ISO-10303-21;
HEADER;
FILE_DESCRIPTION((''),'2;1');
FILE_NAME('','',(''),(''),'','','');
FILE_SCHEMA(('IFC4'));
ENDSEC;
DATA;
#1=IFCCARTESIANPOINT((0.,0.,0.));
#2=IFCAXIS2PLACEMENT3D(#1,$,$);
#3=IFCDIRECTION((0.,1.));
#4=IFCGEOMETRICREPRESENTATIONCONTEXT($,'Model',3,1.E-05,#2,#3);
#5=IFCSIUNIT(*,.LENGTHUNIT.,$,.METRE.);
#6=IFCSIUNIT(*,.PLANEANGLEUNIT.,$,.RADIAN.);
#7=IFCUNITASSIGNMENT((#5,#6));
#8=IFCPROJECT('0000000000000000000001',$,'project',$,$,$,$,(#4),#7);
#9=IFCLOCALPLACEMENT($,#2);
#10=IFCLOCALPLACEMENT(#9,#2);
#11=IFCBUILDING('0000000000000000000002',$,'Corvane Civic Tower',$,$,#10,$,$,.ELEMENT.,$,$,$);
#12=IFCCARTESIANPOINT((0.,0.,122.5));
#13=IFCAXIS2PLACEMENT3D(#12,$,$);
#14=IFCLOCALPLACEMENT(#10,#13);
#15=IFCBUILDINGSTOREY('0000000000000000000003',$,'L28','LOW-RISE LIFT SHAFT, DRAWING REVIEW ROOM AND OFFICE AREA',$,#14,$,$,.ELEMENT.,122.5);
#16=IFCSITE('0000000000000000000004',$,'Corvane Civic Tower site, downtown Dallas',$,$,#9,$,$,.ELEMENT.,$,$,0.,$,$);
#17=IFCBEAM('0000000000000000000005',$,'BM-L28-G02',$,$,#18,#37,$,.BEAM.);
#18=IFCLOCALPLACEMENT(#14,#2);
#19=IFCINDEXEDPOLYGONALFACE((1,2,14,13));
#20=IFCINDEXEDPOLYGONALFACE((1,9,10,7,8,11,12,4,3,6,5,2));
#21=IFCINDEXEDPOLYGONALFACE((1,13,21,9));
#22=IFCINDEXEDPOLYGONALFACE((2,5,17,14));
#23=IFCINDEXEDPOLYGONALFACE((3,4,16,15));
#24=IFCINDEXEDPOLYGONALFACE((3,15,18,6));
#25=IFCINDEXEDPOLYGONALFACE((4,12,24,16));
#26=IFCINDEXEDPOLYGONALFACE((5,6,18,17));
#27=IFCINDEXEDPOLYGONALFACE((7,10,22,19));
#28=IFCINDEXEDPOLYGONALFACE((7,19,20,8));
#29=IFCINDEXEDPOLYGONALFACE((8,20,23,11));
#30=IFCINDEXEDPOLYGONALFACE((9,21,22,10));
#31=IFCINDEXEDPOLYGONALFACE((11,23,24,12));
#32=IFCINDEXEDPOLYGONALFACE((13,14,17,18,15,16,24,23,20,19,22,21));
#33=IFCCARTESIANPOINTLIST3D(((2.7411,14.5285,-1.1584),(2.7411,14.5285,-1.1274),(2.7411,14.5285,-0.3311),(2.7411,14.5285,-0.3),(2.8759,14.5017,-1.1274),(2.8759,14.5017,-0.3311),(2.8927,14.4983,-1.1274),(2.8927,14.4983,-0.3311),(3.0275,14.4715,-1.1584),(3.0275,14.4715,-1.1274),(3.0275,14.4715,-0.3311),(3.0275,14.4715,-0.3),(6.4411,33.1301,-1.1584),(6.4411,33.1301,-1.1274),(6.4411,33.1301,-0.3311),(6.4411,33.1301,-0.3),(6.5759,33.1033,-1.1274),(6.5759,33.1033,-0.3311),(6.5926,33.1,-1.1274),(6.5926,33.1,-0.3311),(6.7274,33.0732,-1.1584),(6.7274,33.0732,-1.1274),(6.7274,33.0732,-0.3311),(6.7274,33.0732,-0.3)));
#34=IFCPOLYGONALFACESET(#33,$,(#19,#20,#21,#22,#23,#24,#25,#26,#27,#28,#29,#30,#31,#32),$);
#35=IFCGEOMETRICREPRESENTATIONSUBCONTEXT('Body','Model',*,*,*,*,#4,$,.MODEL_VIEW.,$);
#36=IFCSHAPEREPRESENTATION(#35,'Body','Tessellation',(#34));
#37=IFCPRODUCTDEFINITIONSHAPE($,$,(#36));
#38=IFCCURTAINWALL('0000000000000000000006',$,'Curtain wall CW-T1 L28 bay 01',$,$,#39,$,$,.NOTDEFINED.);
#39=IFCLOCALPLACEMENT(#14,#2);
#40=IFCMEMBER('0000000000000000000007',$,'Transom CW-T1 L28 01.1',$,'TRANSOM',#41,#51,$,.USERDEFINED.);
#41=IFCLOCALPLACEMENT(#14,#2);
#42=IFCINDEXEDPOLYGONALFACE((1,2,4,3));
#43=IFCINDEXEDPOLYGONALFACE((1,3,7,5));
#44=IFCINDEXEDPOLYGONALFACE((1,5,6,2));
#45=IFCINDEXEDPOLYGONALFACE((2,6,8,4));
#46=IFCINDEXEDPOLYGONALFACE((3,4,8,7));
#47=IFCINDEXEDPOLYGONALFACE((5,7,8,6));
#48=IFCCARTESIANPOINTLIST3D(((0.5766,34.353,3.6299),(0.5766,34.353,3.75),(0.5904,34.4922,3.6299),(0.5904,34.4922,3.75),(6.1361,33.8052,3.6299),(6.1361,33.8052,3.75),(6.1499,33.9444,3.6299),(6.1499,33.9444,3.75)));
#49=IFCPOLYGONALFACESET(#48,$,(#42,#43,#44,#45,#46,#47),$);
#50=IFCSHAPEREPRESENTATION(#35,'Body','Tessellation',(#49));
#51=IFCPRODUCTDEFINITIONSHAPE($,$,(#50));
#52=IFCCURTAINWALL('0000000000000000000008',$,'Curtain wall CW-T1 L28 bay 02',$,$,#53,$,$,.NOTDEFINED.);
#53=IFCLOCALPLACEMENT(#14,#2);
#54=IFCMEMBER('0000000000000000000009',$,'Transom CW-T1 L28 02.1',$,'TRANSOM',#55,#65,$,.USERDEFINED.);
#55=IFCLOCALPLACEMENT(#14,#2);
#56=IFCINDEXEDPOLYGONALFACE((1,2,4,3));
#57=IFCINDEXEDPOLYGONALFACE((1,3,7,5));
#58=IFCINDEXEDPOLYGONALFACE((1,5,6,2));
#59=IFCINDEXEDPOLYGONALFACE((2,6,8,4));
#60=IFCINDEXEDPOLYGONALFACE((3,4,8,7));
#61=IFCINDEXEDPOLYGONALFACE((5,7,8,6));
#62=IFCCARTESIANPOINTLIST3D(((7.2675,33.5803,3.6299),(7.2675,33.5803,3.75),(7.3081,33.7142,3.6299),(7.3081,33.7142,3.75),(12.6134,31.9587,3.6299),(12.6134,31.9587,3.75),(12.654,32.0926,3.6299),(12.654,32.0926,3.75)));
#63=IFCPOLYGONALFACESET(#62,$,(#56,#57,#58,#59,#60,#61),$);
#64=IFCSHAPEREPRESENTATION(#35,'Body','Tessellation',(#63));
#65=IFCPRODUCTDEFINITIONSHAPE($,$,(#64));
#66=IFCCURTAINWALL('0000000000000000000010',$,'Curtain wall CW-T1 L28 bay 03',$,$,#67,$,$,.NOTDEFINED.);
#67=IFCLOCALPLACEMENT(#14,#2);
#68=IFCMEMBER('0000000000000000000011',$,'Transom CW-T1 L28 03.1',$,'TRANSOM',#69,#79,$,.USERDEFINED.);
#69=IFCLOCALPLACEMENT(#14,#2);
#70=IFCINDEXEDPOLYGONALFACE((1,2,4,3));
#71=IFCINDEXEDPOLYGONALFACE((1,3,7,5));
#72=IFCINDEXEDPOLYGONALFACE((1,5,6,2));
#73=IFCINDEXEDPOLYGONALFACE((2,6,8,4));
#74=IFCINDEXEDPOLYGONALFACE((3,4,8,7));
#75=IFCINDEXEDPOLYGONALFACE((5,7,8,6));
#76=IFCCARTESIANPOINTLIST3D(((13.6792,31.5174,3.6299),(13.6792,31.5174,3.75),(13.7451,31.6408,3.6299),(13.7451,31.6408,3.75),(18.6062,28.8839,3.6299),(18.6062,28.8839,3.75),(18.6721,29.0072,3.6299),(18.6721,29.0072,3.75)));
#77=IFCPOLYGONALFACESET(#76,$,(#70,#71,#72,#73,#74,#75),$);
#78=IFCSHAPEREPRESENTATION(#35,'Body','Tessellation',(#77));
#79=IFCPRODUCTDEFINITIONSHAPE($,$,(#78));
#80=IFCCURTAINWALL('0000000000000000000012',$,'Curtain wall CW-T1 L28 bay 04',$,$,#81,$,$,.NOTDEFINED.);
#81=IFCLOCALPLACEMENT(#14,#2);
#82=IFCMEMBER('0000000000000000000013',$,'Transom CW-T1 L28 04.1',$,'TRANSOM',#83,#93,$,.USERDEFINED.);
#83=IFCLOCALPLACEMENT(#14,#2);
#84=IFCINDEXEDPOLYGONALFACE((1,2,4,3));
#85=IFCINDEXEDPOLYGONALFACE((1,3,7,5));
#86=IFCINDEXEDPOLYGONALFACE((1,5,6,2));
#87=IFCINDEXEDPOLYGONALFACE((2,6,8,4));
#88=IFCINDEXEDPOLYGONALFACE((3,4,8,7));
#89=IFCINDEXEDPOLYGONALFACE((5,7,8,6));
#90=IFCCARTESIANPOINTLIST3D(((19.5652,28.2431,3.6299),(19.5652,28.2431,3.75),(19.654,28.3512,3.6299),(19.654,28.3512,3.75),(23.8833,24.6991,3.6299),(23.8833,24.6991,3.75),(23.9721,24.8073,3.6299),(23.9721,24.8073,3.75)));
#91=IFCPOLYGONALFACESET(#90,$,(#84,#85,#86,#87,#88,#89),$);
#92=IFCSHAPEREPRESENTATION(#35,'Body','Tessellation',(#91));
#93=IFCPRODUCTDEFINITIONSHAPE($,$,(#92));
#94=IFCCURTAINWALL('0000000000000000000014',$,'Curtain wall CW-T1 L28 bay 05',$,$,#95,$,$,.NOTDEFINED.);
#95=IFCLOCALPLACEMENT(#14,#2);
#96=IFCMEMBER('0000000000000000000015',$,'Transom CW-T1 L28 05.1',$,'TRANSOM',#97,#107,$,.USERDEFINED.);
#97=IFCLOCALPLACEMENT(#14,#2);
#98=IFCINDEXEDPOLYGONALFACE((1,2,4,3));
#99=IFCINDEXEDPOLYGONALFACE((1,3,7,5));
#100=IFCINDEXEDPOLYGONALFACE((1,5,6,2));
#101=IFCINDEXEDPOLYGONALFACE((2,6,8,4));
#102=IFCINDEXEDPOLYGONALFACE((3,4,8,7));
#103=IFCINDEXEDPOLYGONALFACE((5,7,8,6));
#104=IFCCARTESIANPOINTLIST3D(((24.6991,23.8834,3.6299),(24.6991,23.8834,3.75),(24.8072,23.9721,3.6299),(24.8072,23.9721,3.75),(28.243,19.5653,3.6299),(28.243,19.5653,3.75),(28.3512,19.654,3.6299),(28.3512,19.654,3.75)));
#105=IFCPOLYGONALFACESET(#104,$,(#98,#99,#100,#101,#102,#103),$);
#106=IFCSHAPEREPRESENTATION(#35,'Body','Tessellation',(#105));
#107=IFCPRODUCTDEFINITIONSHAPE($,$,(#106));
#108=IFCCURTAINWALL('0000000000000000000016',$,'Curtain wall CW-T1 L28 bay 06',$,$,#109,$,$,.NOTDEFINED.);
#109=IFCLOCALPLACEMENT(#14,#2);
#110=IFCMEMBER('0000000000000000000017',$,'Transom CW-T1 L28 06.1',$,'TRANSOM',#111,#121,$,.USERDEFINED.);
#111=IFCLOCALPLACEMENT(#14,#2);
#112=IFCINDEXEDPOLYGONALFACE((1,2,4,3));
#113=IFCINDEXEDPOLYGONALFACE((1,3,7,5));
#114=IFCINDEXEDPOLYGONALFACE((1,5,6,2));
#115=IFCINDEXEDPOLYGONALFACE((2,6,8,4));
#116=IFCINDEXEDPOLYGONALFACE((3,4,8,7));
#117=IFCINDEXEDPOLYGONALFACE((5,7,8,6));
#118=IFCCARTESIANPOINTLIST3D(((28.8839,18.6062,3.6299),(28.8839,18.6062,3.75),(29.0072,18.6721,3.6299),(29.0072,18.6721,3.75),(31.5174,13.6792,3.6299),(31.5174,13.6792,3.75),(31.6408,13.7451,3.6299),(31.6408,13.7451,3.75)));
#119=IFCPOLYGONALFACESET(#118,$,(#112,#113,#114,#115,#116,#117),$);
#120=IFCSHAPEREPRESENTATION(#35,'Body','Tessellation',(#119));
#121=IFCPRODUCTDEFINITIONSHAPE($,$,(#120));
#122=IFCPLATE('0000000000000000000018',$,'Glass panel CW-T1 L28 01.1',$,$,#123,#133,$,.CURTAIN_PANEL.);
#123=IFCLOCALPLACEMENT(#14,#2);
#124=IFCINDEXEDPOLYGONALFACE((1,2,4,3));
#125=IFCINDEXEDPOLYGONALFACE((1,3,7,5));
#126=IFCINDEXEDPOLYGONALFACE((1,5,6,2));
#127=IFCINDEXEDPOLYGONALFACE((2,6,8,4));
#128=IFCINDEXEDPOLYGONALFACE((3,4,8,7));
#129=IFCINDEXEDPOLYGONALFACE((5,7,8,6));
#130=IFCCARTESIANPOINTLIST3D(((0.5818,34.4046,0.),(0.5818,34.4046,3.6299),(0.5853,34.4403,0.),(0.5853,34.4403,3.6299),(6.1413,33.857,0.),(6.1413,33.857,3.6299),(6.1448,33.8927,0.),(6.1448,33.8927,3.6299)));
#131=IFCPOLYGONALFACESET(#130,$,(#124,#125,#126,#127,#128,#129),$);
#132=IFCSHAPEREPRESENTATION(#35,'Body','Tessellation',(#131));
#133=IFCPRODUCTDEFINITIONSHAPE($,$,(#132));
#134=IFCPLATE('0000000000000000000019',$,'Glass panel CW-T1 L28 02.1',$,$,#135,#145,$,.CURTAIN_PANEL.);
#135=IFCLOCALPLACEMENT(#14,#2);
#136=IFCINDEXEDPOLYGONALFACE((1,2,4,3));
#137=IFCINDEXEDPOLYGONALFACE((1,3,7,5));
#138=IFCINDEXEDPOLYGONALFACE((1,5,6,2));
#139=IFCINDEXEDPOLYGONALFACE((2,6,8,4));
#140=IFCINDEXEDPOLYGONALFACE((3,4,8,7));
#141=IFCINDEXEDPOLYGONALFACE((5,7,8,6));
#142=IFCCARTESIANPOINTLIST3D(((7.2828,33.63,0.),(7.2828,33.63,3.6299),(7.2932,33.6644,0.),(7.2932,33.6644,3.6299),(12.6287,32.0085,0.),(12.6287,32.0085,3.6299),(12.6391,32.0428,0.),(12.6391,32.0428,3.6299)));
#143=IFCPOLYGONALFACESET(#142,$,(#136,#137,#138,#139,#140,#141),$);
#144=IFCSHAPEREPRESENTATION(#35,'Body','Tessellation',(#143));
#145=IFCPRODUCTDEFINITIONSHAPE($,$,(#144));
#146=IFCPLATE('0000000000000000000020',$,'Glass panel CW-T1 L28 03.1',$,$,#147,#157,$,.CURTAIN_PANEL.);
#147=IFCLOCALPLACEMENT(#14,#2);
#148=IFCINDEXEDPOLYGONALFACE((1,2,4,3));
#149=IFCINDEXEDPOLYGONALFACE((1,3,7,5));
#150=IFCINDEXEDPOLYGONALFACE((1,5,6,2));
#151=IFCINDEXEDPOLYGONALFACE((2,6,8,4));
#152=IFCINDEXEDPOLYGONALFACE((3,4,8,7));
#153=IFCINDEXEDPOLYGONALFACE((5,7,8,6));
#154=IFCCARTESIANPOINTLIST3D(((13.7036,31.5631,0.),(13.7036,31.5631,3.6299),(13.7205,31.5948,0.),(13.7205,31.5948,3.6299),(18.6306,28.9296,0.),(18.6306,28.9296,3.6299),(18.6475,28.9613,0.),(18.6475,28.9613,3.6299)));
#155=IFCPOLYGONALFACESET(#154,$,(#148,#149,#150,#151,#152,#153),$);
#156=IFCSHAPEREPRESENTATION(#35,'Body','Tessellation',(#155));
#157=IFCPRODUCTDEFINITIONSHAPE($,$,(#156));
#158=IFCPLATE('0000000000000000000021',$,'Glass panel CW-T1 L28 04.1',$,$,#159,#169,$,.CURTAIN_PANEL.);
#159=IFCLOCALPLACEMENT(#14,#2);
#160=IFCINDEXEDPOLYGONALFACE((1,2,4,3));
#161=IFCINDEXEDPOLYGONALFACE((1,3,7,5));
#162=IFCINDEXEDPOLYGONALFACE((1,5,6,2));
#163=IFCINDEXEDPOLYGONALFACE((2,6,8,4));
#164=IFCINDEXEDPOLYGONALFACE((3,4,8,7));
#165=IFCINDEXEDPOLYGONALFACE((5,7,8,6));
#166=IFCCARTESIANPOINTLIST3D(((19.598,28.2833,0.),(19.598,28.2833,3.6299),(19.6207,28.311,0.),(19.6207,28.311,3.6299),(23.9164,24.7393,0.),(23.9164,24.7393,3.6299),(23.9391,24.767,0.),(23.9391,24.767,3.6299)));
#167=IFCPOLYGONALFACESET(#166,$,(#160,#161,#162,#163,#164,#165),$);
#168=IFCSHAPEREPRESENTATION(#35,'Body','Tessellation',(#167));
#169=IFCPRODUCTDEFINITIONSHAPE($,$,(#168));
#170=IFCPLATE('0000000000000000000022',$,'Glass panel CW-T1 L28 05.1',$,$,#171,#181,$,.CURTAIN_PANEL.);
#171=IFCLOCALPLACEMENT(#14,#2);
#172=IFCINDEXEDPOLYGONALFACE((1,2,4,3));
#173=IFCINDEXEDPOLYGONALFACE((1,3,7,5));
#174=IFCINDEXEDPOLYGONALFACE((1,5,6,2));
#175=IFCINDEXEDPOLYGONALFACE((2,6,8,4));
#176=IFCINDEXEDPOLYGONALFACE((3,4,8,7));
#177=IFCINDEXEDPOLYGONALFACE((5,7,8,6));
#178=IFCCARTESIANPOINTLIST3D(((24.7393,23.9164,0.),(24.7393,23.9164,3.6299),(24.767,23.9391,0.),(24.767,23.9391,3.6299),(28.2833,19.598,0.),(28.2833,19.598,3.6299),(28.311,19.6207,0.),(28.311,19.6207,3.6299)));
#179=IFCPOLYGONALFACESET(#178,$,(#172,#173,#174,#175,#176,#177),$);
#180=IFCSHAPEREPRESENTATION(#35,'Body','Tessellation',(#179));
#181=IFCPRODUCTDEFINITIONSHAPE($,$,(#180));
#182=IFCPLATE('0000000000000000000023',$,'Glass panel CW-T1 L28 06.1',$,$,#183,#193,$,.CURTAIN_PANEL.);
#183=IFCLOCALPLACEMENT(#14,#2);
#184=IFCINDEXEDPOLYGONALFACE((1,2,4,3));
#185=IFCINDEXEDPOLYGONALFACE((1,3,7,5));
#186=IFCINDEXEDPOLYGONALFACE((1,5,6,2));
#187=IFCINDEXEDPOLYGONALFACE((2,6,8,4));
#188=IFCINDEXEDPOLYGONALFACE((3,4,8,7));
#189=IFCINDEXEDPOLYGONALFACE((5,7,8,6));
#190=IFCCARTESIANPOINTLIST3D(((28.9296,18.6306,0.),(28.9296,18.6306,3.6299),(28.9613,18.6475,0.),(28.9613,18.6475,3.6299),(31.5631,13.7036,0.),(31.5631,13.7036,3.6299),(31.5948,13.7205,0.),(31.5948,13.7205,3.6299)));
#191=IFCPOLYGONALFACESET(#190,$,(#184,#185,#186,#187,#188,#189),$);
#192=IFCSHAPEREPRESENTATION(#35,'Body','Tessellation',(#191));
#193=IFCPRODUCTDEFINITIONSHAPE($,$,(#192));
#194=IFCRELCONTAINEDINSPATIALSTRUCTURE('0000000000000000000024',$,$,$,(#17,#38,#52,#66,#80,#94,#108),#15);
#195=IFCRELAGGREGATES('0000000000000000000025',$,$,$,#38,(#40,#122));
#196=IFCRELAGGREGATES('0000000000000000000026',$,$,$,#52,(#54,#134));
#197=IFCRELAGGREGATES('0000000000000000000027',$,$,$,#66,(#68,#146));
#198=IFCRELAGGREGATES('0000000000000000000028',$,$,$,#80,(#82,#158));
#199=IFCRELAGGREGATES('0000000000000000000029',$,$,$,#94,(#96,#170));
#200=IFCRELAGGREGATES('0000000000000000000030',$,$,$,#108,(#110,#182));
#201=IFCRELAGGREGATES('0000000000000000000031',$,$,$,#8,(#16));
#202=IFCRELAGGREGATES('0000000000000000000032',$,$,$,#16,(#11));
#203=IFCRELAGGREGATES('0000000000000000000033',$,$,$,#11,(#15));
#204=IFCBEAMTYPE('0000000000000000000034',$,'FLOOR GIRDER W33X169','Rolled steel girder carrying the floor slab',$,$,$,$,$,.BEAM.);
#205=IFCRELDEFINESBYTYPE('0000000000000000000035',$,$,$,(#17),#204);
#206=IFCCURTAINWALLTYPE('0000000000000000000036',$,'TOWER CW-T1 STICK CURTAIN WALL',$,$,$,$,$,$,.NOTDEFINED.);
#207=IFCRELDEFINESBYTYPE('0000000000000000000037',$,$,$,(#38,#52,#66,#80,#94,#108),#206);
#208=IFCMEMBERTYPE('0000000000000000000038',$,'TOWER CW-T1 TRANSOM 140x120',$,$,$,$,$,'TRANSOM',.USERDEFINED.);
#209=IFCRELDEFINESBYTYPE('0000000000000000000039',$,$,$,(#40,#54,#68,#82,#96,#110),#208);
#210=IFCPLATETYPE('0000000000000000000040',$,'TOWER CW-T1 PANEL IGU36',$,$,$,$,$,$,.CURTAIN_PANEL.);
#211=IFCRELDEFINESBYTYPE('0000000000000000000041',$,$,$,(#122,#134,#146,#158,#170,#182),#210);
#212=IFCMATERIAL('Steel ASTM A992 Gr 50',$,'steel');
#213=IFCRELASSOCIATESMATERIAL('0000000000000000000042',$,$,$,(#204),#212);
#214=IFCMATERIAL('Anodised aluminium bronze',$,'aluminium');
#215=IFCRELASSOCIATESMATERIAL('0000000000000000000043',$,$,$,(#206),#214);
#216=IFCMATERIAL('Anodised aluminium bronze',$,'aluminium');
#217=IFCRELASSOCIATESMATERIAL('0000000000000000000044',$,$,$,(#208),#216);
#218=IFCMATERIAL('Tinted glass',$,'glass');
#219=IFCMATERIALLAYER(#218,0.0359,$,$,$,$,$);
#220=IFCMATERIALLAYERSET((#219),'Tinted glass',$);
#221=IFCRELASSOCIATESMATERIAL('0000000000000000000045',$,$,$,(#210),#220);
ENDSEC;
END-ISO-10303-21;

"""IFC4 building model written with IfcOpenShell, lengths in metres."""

from ifc_helpers import new_model, si_unit, direction, frame, origin, origin_2d, place, context, subcontext, project, spatial, rectangle, i_section, extrude, material, layer, layer_set, material_profile, profile_set, type_object, element, aggregate, save


model = new_model("IFC4")

# Units and contexts
model_context = context("Model", 3, precision=1e-05, world=origin(), true_north=direction((0.0, 1.0)))
body_context = subcontext(model_context, "Body", "Model", "MODEL_VIEW")
ifc_project = project(units=[si_unit("LENGTHUNIT", "METRE"), si_unit("PLANEANGLEUNIT", "RADIAN")], contexts=[model_context])

# Site, building, storey
site_placement = place(None, origin())
site = spatial("IfcSite", under=ifc_project, at=site_placement, Name="Corvane Civic Tower site, downtown Dallas", CompositionType="ELEMENT", RefElevation=0.0)
building_placement = place(site_placement, origin())
building = spatial("IfcBuilding", under=site, at=building_placement, Name="Corvane Civic Tower", CompositionType="ELEMENT")
storey_placement = place(building_placement, frame((0.0, 0.0, 122.5)))
storey = spatial("IfcBuildingStorey", under=building, at=storey_placement, Name="L28", Description="LOW-RISE LIFT SHAFT, DRAWING REVIEW ROOM AND OFFICE AREA", CompositionType="ELEMENT", Elevation=122.5)

# Beam
ifc_material_1 = material(Name="Steel ASTM A992 Gr 50", Category="steel")
ifc_material_profile_1 = material_profile(ifc_material_1, i_section(OverallWidth=0.292, OverallDepth=0.8584, WebThickness=0.0171, FlangeThickness=0.031, at=origin_2d()), Name="W33X169")
ifc_profile_set_1 = profile_set([ifc_material_profile_1], Name="Steel ASTM A992 Gr 50")
beam_type_1 = type_object("IfcBeamType", Name="FLOOR GIRDER W33X169", Description="Rolled steel girder carrying the floor slab", PredefinedType="BEAM", material=ifc_profile_set_1)
beam_1_placement = place(storey_placement, frame((2.8843, 14.5, -0.7292), z_axis=(0.195084, 0.980787, 0.0), x_axis=(-0.980787, 0.195084, 0.0)))
element("IfcBeam", 1, at=beam_1_placement, inside=storey, type_object=beam_type_1, Name="BM-L28-G02", PredefinedType="BEAM", context=body_context, shape_type="SweptSolid", body=[
    extrude(i_section(OverallWidth=0.292, OverallDepth=0.8584, WebThickness=0.0171, FlangeThickness=0.031, at=origin_2d()), origin(), (0.0, 0.0, 1.0), 18.9661),
])

# Curtain walls, members
ifc_material_2 = material(Name="Anodised aluminium bronze", Category="aluminium")
curtain_wall_type = type_object("IfcCurtainWallType", Name="TOWER CW-T1 STICK CURTAIN WALL", PredefinedType="NOTDEFINED", material=ifc_material_2)
curtain_wall_1_placement = place(storey_placement, origin())
curtain_wall_1 = element("IfcCurtainWall", 2, at=curtain_wall_1_placement, inside=storey, type_object=curtain_wall_type, Name="Curtain wall CW-T1 L28 bay 01", PredefinedType="NOTDEFINED")
ifc_material_3 = material(Name="Anodised aluminium bronze", Category="aluminium")
ifc_material_profile_2 = material_profile(ifc_material_3, rectangle(XDim=0.1399, YDim=0.1201, at=origin_2d()), Name="TOWER CW-T1 TRANSOM 140x120")
ifc_profile_set_2 = profile_set([ifc_material_profile_2], Name="Anodised aluminium bronze")
member_type = type_object("IfcMemberType", Name="TOWER CW-T1 TRANSOM 140x120", ElementType="TRANSOM", PredefinedType="USERDEFINED", material=ifc_profile_set_2)
member_1_placement = place(storey_placement, frame((0.5835, 34.4226, 3.6899), z_axis=(0.99518, -0.098067, 0.0), x_axis=(0.098067, 0.99518, 0.0)))
member_1 = element("IfcMember", 3, at=member_1_placement, type_object=member_type, Name="Transom CW-T1 L28 01.1", ObjectType="TRANSOM", PredefinedType="USERDEFINED", context=body_context, shape_type="SweptSolid", body=[
    extrude(rectangle(XDim=0.1399, YDim=0.1201, at=origin_2d()), origin(), (0.0, 0.0, 1.0), 5.5864),
])
curtain_wall_2_placement = place(storey_placement, origin())
curtain_wall_2 = element("IfcCurtainWall", 4, at=curtain_wall_2_placement, inside=storey, type_object=curtain_wall_type, Name="Curtain wall CW-T1 L28 bay 02", PredefinedType="NOTDEFINED")
member_2_placement = place(storey_placement, frame((7.2878, 33.6472, 3.6899), z_axis=(0.956945, -0.290269, 0.0), x_axis=(0.290269, 0.956945, 0.0)))
member_2 = element("IfcMember", 5, at=member_2_placement, type_object=member_type, Name="Transom CW-T1 L28 02.1", ObjectType="TRANSOM", PredefinedType="USERDEFINED", context=body_context, shape_type="SweptSolid", body=[
    extrude(rectangle(XDim=0.1399, YDim=0.1201, at=origin_2d()), origin(), (0.0, 0.0, 1.0), 5.5864),
])
curtain_wall_3_placement = place(storey_placement, origin())
curtain_wall_3 = element("IfcCurtainWall", 6, at=curtain_wall_3_placement, inside=storey, type_object=curtain_wall_type, Name="Curtain wall CW-T1 L28 bay 03", PredefinedType="NOTDEFINED")
member_3_placement = place(storey_placement, frame((13.7122, 31.5791, 3.6899), z_axis=(0.881921, -0.471398, 0.0), x_axis=(0.471398, 0.881921, 0.0)))
member_3 = element("IfcMember", 7, at=member_3_placement, type_object=member_type, Name="Transom CW-T1 L28 03.1", ObjectType="TRANSOM", PredefinedType="USERDEFINED", context=body_context, shape_type="SweptSolid", body=[
    extrude(rectangle(XDim=0.1399, YDim=0.1201, at=origin_2d()), origin(), (0.0, 0.0, 1.0), 5.5867),
])
curtain_wall_4_placement = place(storey_placement, origin())
curtain_wall_4 = element("IfcCurtainWall", 8, at=curtain_wall_4_placement, inside=storey, type_object=curtain_wall_type, Name="Curtain wall CW-T1 L28 bay 04", PredefinedType="NOTDEFINED")
member_4_placement = place(storey_placement, frame((19.6096, 28.2971, 3.6899), z_axis=(0.772996, -0.63441, 0.0), x_axis=(0.63441, 0.772996, 0.0)))
member_4 = element("IfcMember", 9, at=member_4_placement, type_object=member_type, Name="Transom CW-T1 L28 04.1", ObjectType="TRANSOM", PredefinedType="USERDEFINED", context=body_context, shape_type="SweptSolid", body=[
    extrude(rectangle(XDim=0.1399, YDim=0.1201, at=origin_2d()), origin(), (0.0, 0.0, 1.0), 5.5862),
])
curtain_wall_5_placement = place(storey_placement, origin())
curtain_wall_5 = element("IfcCurtainWall", 10, at=curtain_wall_5_placement, inside=storey, type_object=curtain_wall_type, Name="Curtain wall CW-T1 L28 bay 05", PredefinedType="NOTDEFINED")
member_5_placement = place(storey_placement, frame((24.7532, 23.9277, 3.6899), z_axis=(0.63441, -0.772996, 0.0), x_axis=(0.772996, 0.63441, 0.0)))
member_5 = element("IfcMember", 11, at=member_5_placement, type_object=member_type, Name="Transom CW-T1 L28 05.1", ObjectType="TRANSOM", PredefinedType="USERDEFINED", context=body_context, shape_type="SweptSolid", body=[
    extrude(rectangle(XDim=0.1399, YDim=0.1201, at=origin_2d()), origin(), (0.0, 0.0, 1.0), 5.5862),
])
curtain_wall_6_placement = place(storey_placement, origin())
curtain_wall_6 = element("IfcCurtainWall", 12, at=curtain_wall_6_placement, inside=storey, type_object=curtain_wall_type, Name="Curtain wall CW-T1 L28 bay 06", PredefinedType="NOTDEFINED")
member_6_placement = place(storey_placement, frame((28.9456, 18.6392, 3.6899), z_axis=(0.471398, -0.881921, 0.0), x_axis=(0.881921, 0.471398, 0.0)))
member_6 = element("IfcMember", 13, at=member_6_placement, type_object=member_type, Name="Transom CW-T1 L28 06.1", ObjectType="TRANSOM", PredefinedType="USERDEFINED", context=body_context, shape_type="SweptSolid", body=[
    extrude(rectangle(XDim=0.1399, YDim=0.1201, at=origin_2d()), origin(), (0.0, 0.0, 1.0), 5.5867),
])

# Plates
ifc_material_4 = material(Name="Tinted glass", Category="glass")
ifc_layer_1 = layer(ifc_material_4, 0.0359)
ifc_layer_set_1 = layer_set([ifc_layer_1], Name="Tinted glass")
plate_type = type_object("IfcPlateType", Name="TOWER CW-T1 PANEL IGU36", PredefinedType="CURTAIN_PANEL", material=ifc_layer_set_1)
plate_1_placement = place(storey_placement, frame((3.3633, 34.1487, 0.0), z_axis=(0.0, 0.0, 1.0), x_axis=(0.995184, -0.098027, 0.0)))
plate_1 = element("IfcPlate", 14, at=plate_1_placement, type_object=plate_type, Name="Glass panel CW-T1 L28 01.1", PredefinedType="CURTAIN_PANEL", context=body_context, shape_type="SweptSolid", body=[
    extrude(rectangle(XDim=5.5864, YDim=0.0359, at=origin_2d()), origin(), (0.0, 0.0, 1.0), 3.6299),
])
aggregate(curtain_wall_1, [member_1, plate_1])
plate_2_placement = place(storey_placement, frame((9.9609, 32.8364, 0.0), z_axis=(0.0, 0.0, 1.0), x_axis=(0.956946, -0.290266, 0.0)))
plate_2 = element("IfcPlate", 15, at=plate_2_placement, type_object=plate_type, Name="Glass panel CW-T1 L28 02.1", PredefinedType="CURTAIN_PANEL", context=body_context, shape_type="SweptSolid", body=[
    extrude(rectangle(XDim=5.5864, YDim=0.0359, at=origin_2d()), origin(), (0.0, 0.0, 1.0), 3.6299),
])
aggregate(curtain_wall_2, [member_2, plate_2])
plate_3_placement = place(storey_placement, frame((16.1755, 30.2622, 0.0), z_axis=(0.0, 0.0, 1.0), x_axis=(0.881924, -0.471392, 0.0)))
plate_3 = element("IfcPlate", 16, at=plate_3_placement, type_object=plate_type, Name="Glass panel CW-T1 L28 03.1", PredefinedType="CURTAIN_PANEL", context=body_context, shape_type="SweptSolid", body=[
    extrude(rectangle(XDim=5.5867, YDim=0.0359, at=origin_2d()), origin(), (0.0, 0.0, 1.0), 3.6299),
])
aggregate(curtain_wall_3, [member_3, plate_3])
plate_4_placement = place(storey_placement, frame((21.7686, 26.5251, 0.0), z_axis=(0.0, 0.0, 1.0), x_axis=(0.773013, -0.63439, 0.0)))
plate_4 = element("IfcPlate", 17, at=plate_4_placement, type_object=plate_type, Name="Glass panel CW-T1 L28 04.1", PredefinedType="CURTAIN_PANEL", context=body_context, shape_type="SweptSolid", body=[
    extrude(rectangle(XDim=5.5864, YDim=0.0359, at=origin_2d()), origin(), (0.0, 0.0, 1.0), 3.6299),
])
aggregate(curtain_wall_4, [member_4, plate_4])
plate_5_placement = place(storey_placement, frame((26.5251, 21.7686, 0.0), z_axis=(0.0, 0.0, 1.0), x_axis=(0.63439, -0.773013, 0.0)))
plate_5 = element("IfcPlate", 18, at=plate_5_placement, type_object=plate_type, Name="Glass panel CW-T1 L28 05.1", PredefinedType="CURTAIN_PANEL", context=body_context, shape_type="SweptSolid", body=[
    extrude(rectangle(XDim=5.5864, YDim=0.0359, at=origin_2d()), origin(), (0.0, 0.0, 1.0), 3.6299),
])
aggregate(curtain_wall_5, [member_5, plate_5])
plate_6_placement = place(storey_placement, frame((30.2622, 16.1755, 0.0), z_axis=(0.0, 0.0, 1.0), x_axis=(0.471392, -0.881924, 0.0)))
plate_6 = element("IfcPlate", 19, at=plate_6_placement, type_object=plate_type, Name="Glass panel CW-T1 L28 06.1", PredefinedType="CURTAIN_PANEL", context=body_context, shape_type="SweptSolid", body=[
    extrude(rectangle(XDim=5.5867, YDim=0.0359, at=origin_2d()), origin(), (0.0, 0.0, 1.0), 3.6299),
])
aggregate(curtain_wall_6, [member_6, plate_6])

save(model, "model.ifc")
